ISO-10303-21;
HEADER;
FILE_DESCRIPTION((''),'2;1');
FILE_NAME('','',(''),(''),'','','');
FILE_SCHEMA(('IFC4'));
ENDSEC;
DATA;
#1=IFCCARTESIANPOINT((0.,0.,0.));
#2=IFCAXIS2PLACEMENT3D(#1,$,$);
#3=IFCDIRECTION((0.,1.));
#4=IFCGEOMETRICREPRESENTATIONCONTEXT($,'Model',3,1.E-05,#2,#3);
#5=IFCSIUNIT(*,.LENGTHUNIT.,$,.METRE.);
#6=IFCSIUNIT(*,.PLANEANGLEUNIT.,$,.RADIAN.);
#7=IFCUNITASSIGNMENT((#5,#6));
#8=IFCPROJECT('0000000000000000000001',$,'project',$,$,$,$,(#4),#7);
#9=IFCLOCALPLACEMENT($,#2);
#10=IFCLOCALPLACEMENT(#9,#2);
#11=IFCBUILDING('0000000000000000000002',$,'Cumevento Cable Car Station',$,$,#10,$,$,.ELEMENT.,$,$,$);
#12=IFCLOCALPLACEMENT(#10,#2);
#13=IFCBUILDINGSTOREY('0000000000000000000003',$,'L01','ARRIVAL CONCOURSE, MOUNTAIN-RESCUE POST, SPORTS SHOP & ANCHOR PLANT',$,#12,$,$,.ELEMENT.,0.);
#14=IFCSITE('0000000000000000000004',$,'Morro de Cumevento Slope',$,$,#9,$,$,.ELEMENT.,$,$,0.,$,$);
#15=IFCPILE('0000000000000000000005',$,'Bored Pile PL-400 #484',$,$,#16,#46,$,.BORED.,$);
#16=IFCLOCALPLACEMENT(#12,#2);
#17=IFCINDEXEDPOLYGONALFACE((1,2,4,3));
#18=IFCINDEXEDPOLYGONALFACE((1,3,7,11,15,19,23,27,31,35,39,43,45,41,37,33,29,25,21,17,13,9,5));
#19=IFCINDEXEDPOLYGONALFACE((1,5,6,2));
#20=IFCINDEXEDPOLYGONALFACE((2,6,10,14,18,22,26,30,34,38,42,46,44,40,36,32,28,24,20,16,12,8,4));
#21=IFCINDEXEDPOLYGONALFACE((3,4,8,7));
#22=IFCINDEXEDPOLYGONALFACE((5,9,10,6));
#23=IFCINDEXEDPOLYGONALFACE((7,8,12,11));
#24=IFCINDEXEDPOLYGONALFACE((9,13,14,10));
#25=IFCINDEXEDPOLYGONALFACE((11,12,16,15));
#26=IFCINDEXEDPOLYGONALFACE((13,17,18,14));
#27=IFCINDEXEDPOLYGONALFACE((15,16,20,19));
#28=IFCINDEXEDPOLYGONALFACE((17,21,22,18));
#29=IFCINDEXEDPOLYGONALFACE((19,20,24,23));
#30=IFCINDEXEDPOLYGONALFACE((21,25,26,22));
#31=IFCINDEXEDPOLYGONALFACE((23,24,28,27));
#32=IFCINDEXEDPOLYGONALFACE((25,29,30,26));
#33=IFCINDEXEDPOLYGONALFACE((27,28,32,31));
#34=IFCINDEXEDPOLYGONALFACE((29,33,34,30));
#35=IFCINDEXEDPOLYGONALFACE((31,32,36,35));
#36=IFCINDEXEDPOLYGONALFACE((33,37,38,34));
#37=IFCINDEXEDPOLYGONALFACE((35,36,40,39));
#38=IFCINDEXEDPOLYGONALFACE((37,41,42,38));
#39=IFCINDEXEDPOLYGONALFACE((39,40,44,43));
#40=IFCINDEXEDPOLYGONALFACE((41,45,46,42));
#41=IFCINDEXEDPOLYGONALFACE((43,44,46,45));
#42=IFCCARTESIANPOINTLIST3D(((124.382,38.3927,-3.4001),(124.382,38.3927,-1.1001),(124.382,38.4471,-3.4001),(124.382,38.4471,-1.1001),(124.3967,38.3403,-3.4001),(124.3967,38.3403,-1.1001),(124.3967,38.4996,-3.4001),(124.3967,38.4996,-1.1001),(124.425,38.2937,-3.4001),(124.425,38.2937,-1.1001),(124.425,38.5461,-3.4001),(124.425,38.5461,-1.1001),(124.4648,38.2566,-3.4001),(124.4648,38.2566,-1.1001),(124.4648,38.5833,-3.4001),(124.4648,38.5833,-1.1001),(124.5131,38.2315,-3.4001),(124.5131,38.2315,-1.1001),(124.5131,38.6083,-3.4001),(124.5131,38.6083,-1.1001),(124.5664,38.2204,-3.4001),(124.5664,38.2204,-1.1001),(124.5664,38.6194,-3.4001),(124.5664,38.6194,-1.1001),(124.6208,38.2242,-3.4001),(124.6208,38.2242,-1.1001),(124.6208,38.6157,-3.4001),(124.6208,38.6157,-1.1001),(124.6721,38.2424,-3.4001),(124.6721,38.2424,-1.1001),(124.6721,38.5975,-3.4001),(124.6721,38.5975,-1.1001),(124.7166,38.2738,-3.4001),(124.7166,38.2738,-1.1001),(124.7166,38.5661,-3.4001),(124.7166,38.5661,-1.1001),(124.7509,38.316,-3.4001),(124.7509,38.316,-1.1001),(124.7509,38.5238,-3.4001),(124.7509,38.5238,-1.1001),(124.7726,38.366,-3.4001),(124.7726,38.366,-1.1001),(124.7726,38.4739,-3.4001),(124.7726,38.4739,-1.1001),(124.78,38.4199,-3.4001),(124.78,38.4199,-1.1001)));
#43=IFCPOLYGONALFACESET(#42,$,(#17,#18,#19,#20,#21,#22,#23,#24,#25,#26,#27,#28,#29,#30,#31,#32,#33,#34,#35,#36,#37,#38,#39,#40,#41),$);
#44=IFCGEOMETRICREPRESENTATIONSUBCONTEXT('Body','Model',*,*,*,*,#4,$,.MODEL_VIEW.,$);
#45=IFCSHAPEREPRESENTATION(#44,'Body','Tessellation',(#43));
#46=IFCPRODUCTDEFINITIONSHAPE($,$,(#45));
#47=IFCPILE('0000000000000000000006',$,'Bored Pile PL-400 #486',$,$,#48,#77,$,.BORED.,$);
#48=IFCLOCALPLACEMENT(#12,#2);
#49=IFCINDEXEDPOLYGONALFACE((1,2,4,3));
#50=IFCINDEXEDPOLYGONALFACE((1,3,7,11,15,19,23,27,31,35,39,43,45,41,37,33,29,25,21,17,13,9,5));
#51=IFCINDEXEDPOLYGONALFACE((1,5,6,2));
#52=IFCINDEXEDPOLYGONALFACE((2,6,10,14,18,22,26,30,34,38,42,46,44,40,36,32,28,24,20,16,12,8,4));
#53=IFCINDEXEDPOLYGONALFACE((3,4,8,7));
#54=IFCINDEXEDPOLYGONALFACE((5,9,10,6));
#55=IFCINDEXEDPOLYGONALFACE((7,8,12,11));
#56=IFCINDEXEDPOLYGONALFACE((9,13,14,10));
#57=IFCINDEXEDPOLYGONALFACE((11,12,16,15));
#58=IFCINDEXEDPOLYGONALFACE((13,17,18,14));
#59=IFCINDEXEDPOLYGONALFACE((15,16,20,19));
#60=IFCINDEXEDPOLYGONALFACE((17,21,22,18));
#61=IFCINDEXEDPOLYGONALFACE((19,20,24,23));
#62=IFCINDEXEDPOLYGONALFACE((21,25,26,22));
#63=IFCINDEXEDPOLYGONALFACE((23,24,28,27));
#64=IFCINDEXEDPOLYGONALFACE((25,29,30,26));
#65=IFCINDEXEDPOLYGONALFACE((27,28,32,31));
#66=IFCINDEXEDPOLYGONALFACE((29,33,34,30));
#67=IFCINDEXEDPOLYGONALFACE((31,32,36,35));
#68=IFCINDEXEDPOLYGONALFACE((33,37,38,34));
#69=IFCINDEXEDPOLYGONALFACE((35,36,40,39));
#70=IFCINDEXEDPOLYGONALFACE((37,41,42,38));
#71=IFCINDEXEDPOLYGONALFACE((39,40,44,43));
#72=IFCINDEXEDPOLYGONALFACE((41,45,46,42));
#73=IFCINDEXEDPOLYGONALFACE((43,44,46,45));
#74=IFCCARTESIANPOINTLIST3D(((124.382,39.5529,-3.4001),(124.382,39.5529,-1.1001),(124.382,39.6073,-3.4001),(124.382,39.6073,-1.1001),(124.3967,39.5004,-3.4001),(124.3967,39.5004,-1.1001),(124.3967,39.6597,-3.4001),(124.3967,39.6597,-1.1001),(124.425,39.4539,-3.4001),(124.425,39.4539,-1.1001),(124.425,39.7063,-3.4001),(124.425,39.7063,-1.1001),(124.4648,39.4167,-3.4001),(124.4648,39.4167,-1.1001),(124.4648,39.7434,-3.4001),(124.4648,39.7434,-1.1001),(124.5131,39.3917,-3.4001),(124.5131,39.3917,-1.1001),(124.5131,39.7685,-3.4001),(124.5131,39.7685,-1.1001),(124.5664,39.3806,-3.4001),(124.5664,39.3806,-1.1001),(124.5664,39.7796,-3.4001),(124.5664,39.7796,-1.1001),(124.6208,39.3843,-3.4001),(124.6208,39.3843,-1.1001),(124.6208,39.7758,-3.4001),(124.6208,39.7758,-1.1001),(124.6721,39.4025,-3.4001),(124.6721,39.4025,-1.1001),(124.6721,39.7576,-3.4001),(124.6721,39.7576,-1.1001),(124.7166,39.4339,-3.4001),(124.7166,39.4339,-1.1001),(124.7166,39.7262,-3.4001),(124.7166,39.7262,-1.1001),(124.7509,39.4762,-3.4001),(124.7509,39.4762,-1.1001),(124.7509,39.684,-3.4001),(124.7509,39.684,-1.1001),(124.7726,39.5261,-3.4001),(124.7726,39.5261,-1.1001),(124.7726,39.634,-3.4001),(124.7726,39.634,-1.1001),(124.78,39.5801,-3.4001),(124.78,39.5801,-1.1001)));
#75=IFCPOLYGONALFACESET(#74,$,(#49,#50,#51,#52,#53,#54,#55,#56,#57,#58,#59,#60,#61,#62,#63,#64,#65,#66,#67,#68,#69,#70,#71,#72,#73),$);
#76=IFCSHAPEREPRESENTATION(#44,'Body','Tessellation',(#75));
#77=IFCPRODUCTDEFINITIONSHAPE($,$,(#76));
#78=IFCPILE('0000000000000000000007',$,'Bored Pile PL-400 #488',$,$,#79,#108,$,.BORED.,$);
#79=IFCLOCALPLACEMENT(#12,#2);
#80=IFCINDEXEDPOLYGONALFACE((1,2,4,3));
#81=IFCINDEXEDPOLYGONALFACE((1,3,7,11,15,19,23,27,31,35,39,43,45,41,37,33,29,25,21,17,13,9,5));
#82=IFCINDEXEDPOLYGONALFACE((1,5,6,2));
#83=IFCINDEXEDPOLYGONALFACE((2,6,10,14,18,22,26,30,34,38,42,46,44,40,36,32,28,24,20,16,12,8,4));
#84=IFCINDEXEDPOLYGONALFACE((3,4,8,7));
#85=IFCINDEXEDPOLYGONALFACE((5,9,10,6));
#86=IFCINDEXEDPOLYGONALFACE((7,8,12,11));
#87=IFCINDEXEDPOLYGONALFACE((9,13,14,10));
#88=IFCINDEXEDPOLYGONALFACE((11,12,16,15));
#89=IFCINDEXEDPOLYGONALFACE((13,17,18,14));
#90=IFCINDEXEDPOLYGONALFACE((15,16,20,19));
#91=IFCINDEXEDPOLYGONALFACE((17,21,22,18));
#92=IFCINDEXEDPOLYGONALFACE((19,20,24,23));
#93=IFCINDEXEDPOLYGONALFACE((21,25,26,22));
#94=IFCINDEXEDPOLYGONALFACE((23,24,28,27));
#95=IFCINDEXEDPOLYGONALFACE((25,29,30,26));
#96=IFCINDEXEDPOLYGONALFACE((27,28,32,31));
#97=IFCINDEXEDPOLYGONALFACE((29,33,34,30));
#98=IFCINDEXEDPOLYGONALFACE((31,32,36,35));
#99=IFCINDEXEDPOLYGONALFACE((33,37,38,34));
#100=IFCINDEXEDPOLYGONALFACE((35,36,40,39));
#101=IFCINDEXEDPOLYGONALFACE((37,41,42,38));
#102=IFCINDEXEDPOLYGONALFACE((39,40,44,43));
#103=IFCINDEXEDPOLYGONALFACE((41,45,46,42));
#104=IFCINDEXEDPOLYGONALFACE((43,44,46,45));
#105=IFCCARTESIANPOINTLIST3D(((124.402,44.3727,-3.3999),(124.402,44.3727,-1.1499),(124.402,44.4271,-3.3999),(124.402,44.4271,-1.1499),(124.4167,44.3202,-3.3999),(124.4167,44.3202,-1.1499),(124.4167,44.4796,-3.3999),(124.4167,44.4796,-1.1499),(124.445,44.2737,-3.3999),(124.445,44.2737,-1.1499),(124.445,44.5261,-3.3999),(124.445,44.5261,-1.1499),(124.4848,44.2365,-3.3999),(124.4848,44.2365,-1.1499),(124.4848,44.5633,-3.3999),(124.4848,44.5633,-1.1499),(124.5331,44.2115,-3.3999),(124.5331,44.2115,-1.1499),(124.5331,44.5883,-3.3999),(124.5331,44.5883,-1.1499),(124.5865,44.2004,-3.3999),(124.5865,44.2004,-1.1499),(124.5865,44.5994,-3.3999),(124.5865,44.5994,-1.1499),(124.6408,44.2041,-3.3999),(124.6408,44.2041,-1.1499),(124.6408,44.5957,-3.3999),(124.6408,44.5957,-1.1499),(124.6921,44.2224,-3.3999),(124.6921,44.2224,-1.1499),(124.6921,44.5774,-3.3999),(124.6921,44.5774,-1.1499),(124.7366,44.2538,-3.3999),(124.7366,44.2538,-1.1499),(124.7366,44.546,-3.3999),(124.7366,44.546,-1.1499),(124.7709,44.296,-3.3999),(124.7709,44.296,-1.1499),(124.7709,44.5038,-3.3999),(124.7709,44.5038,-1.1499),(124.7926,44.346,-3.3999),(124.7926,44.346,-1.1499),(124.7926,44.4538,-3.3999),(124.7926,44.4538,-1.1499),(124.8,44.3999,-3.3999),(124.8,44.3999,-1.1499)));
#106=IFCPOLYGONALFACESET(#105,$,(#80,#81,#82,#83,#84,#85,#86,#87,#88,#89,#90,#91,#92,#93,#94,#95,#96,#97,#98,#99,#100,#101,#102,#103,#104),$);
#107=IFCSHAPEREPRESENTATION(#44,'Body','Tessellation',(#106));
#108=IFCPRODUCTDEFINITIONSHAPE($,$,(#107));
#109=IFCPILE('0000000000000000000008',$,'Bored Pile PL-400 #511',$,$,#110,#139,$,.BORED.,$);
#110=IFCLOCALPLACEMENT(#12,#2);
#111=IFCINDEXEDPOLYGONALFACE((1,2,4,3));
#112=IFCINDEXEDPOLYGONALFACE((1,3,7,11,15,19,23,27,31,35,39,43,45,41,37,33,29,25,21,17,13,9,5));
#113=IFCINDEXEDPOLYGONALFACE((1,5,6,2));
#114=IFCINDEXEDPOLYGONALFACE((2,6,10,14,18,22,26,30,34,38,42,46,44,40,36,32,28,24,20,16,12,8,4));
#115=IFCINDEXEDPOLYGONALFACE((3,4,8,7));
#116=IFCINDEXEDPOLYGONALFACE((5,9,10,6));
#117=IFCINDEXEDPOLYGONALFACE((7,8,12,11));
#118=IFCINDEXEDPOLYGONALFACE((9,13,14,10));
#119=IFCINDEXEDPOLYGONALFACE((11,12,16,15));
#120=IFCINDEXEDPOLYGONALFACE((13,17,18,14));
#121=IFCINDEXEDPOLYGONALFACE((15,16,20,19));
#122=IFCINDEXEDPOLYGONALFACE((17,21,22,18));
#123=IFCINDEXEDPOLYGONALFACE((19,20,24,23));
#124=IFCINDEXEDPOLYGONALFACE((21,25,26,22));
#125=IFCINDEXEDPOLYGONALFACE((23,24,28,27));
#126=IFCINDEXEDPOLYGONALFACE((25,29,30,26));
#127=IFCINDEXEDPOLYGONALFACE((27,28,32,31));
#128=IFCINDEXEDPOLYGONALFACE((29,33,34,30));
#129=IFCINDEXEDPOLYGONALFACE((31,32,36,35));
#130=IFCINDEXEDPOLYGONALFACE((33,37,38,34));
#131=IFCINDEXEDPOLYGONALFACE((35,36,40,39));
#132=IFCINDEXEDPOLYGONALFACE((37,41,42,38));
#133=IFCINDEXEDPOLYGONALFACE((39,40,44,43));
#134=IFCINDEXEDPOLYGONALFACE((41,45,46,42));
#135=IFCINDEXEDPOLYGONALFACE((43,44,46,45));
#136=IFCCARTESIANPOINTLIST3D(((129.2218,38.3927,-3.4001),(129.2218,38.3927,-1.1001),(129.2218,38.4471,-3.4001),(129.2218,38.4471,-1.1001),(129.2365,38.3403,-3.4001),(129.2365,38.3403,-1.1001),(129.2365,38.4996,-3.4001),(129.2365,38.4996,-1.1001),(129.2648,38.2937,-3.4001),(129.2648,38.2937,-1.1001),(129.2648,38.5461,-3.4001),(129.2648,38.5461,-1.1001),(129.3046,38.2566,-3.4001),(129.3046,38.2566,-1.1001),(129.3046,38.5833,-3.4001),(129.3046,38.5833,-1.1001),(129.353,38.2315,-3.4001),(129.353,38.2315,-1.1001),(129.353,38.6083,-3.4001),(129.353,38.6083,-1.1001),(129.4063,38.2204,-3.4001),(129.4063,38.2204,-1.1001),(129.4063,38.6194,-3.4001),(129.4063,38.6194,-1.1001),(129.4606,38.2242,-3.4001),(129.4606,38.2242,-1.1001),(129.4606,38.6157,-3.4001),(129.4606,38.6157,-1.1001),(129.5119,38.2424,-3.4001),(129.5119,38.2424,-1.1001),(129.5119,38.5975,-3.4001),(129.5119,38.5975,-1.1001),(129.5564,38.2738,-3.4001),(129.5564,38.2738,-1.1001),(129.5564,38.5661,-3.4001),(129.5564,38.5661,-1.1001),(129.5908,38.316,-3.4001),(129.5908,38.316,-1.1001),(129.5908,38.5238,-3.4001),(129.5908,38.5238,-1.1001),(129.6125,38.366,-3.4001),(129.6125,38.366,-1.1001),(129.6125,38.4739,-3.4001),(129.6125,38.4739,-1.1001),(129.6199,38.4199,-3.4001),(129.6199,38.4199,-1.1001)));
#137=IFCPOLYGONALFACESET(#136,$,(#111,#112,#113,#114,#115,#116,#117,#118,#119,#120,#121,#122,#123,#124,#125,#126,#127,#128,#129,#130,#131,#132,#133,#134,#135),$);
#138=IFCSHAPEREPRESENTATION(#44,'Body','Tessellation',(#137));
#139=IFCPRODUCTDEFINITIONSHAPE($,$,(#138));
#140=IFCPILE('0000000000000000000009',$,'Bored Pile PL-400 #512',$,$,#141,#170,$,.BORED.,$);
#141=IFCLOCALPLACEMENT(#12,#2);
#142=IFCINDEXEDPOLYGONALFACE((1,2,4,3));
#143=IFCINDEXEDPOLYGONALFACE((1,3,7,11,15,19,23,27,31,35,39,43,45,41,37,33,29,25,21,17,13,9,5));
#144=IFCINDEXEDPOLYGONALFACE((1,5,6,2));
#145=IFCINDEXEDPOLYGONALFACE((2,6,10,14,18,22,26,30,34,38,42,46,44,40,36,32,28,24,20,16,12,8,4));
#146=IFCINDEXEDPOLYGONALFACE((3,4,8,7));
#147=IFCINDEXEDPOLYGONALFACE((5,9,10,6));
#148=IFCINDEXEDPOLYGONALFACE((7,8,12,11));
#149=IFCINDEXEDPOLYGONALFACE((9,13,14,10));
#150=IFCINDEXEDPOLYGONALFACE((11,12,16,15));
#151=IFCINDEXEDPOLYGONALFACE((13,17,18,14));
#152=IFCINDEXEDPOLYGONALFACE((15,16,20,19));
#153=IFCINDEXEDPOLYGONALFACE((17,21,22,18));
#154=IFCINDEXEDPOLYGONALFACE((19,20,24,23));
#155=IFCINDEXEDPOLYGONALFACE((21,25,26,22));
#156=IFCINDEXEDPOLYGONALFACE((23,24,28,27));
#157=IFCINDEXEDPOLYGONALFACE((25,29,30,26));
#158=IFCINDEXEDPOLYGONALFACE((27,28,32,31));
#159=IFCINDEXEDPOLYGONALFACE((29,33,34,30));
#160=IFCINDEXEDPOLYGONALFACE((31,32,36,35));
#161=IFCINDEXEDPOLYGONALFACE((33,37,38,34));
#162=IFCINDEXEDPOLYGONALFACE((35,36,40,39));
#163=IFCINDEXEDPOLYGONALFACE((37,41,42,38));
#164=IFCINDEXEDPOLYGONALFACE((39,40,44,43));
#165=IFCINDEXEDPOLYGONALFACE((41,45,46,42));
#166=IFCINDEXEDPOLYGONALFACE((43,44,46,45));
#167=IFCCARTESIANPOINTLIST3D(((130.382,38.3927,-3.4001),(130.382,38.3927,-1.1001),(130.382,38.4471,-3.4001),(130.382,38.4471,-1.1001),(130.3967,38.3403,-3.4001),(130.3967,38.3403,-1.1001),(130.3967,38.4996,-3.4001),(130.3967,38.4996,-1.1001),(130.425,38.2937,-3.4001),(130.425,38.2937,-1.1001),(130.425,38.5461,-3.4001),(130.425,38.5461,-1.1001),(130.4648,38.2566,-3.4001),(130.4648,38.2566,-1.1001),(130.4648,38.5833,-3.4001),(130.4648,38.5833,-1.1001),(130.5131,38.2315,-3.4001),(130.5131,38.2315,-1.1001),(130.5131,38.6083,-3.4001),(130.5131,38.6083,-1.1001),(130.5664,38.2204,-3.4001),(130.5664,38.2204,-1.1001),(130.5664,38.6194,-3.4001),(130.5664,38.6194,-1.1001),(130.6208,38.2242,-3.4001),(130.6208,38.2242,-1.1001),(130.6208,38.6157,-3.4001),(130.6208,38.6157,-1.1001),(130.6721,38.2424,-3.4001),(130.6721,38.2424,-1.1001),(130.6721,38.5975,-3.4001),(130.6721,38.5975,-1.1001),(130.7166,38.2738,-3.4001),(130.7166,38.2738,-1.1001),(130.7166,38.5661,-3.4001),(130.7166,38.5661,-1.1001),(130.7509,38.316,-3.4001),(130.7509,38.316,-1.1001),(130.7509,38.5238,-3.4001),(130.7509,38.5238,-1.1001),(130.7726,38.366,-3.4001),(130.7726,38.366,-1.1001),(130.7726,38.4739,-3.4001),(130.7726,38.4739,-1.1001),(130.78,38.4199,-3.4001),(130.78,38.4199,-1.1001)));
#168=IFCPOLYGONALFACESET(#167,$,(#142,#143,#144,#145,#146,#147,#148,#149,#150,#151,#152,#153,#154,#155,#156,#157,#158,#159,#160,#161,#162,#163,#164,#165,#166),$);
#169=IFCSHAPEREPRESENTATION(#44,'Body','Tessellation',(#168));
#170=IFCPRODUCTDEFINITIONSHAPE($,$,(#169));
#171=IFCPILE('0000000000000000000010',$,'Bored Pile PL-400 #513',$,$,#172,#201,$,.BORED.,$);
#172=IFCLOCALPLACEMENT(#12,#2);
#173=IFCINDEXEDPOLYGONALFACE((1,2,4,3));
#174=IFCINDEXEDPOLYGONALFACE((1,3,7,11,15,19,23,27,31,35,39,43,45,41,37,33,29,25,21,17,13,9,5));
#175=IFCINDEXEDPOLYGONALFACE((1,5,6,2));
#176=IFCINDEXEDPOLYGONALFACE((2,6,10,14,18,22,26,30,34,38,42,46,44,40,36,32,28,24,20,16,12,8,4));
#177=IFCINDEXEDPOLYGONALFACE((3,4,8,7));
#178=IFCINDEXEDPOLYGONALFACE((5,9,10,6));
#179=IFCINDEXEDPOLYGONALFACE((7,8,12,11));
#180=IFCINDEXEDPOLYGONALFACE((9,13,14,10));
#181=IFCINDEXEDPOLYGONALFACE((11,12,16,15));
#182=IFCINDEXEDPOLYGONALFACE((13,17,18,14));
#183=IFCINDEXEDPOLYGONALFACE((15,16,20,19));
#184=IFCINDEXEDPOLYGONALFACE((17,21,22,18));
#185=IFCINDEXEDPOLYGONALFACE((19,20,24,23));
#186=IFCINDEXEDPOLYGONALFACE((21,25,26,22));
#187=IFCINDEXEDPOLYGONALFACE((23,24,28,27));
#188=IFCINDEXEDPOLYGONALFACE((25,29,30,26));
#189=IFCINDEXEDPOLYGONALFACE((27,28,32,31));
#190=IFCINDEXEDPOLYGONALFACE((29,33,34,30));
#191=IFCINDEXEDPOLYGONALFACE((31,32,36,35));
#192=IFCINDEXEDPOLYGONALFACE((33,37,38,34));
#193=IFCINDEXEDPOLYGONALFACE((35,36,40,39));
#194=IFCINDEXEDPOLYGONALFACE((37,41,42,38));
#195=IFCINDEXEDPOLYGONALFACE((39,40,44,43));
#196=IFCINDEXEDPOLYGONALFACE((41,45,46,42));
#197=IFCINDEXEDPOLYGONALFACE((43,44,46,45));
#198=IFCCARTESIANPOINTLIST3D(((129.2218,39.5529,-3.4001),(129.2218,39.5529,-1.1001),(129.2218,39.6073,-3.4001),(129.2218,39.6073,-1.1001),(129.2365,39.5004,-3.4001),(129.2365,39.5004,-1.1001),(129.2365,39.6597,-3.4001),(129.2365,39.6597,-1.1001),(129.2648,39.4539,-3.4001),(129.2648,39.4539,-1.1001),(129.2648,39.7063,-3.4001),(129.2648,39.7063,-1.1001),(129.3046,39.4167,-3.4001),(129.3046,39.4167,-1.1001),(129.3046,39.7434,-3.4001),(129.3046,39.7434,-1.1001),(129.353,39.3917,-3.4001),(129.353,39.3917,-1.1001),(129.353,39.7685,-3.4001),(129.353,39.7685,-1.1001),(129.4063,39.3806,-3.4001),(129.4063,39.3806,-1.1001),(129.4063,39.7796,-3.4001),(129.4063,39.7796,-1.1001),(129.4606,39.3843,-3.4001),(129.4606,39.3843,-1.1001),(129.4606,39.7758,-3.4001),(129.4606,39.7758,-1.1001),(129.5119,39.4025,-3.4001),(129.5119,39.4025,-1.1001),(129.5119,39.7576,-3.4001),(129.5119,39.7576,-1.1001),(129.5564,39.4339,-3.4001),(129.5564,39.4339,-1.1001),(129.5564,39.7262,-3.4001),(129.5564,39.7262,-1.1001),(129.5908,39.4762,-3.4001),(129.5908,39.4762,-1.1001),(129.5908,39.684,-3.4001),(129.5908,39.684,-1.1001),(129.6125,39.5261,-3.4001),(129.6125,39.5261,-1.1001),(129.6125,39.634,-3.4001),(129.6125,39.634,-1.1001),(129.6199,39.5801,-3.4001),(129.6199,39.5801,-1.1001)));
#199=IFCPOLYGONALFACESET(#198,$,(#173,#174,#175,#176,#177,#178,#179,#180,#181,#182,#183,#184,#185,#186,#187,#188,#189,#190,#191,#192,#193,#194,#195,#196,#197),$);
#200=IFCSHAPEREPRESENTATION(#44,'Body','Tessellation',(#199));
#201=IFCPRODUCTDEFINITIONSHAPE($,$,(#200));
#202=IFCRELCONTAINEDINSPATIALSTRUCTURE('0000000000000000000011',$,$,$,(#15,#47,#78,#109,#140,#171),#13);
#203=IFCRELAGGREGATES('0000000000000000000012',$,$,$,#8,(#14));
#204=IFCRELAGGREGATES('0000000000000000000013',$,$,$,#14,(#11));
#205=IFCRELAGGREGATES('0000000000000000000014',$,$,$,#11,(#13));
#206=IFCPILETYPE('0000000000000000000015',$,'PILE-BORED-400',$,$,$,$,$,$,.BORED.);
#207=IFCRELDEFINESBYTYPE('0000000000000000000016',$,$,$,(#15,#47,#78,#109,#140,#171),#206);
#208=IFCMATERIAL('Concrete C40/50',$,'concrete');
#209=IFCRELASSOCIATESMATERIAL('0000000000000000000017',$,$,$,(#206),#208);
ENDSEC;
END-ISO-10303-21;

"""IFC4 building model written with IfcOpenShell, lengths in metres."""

from ifc_helpers import new_model, si_unit, direction, frame, origin, origin_2d, place, context, subcontext, project, spatial, circle, extrude, material, material_profile, profile_set, type_object, element, save


model = new_model("IFC4")

# Units and contexts
model_context = context("Model", 3, precision=1e-05, world=origin(), true_north=direction((0.0, 1.0)))
body_context = subcontext(model_context, "Body", "Model", "MODEL_VIEW")
ifc_project = project(units=[si_unit("LENGTHUNIT", "METRE"), si_unit("PLANEANGLEUNIT", "RADIAN")], contexts=[model_context])

# Site, building, storey
site_placement = place(None, origin())
site = spatial("IfcSite", under=ifc_project, at=site_placement, Name="Morro de Cumevento Slope", CompositionType="ELEMENT", RefElevation=0.0)
building_placement = place(site_placement, origin())
building = spatial("IfcBuilding", under=site, at=building_placement, Name="Cumevento Cable Car Station", CompositionType="ELEMENT")
storey_placement = place(building_placement, origin())
storey = spatial("IfcBuildingStorey", under=building, at=storey_placement, Name="L01", Description="ARRIVAL CONCOURSE, MOUNTAIN-RESCUE POST, SPORTS SHOP & ANCHOR PLANT", CompositionType="ELEMENT", Elevation=0.0)

# Piles
ifc_material_1 = material(Name="Concrete C40/50", Category="concrete")
ifc_material_profile_1 = material_profile(ifc_material_1, circle(Radius=0.2, at=origin_2d()), Name="PILE-D400")
ifc_profile_set_1 = profile_set([ifc_material_profile_1], Name="Concrete C40/50")
pile_type = type_object("IfcPileType", Name="PILE-BORED-400", PredefinedType="BORED", material=ifc_profile_set_1)
for number, where, z_axis, x_axis, name in (
    (1, (124.5801, 38.4199, -1.1001), (0.0, 0.0, -1.0), (1.0, 0.0, 0.0), "Bored Pile PL-400 #484"),
    (2, (124.5801, 39.5801, -1.1001), (0.0, 0.0, -1.0), (1.0, 0.0, 0.0), "Bored Pile PL-400 #486"),
):
    element("IfcPile", number, at=place(storey_placement, frame(where, z_axis=z_axis, x_axis=x_axis)), inside=storey, type_object=pile_type, Name=name, PredefinedType="BORED", context=body_context, shape_type="SweptSolid", body=[
        extrude(circle(Radius=0.2, at=origin_2d()), origin(), (0.0, 0.0, 1.0), 2.3),
    ])
pile_placement = place(storey_placement, frame((124.6001, 44.3999, -1.1499), z_axis=(0.0, 0.0, -1.0), x_axis=(1.0, 0.0, 0.0)))
element("IfcPile", 3, at=pile_placement, inside=storey, type_object=pile_type, Name="Bored Pile PL-400 #488", PredefinedType="BORED", context=body_context, shape_type="SweptSolid", body=[
    extrude(circle(Radius=0.2, at=origin_2d()), origin(), (0.0, 0.0, 1.0), 2.25),
])
for number, where, z_axis, x_axis, name in (
    (4, (129.4199, 38.4199, -1.1001), (0.0, 0.0, -1.0), (1.0, 0.0, 0.0), "Bored Pile PL-400 #511"),
    (5, (130.5801, 38.4199, -1.1001), (0.0, 0.0, -1.0), (1.0, 0.0, 0.0), "Bored Pile PL-400 #512"),
    (6, (129.4199, 39.5801, -1.1001), (0.0, 0.0, -1.0), (1.0, 0.0, 0.0), "Bored Pile PL-400 #513"),
):
    element("IfcPile", number, at=place(storey_placement, frame(where, z_axis=z_axis, x_axis=x_axis)), inside=storey, type_object=pile_type, Name=name, PredefinedType="BORED", context=body_context, shape_type="SweptSolid", body=[
        extrude(circle(Radius=0.2, at=origin_2d()), origin(), (0.0, 0.0, 1.0), 2.3),
    ])

save(model, "model.ifc")
